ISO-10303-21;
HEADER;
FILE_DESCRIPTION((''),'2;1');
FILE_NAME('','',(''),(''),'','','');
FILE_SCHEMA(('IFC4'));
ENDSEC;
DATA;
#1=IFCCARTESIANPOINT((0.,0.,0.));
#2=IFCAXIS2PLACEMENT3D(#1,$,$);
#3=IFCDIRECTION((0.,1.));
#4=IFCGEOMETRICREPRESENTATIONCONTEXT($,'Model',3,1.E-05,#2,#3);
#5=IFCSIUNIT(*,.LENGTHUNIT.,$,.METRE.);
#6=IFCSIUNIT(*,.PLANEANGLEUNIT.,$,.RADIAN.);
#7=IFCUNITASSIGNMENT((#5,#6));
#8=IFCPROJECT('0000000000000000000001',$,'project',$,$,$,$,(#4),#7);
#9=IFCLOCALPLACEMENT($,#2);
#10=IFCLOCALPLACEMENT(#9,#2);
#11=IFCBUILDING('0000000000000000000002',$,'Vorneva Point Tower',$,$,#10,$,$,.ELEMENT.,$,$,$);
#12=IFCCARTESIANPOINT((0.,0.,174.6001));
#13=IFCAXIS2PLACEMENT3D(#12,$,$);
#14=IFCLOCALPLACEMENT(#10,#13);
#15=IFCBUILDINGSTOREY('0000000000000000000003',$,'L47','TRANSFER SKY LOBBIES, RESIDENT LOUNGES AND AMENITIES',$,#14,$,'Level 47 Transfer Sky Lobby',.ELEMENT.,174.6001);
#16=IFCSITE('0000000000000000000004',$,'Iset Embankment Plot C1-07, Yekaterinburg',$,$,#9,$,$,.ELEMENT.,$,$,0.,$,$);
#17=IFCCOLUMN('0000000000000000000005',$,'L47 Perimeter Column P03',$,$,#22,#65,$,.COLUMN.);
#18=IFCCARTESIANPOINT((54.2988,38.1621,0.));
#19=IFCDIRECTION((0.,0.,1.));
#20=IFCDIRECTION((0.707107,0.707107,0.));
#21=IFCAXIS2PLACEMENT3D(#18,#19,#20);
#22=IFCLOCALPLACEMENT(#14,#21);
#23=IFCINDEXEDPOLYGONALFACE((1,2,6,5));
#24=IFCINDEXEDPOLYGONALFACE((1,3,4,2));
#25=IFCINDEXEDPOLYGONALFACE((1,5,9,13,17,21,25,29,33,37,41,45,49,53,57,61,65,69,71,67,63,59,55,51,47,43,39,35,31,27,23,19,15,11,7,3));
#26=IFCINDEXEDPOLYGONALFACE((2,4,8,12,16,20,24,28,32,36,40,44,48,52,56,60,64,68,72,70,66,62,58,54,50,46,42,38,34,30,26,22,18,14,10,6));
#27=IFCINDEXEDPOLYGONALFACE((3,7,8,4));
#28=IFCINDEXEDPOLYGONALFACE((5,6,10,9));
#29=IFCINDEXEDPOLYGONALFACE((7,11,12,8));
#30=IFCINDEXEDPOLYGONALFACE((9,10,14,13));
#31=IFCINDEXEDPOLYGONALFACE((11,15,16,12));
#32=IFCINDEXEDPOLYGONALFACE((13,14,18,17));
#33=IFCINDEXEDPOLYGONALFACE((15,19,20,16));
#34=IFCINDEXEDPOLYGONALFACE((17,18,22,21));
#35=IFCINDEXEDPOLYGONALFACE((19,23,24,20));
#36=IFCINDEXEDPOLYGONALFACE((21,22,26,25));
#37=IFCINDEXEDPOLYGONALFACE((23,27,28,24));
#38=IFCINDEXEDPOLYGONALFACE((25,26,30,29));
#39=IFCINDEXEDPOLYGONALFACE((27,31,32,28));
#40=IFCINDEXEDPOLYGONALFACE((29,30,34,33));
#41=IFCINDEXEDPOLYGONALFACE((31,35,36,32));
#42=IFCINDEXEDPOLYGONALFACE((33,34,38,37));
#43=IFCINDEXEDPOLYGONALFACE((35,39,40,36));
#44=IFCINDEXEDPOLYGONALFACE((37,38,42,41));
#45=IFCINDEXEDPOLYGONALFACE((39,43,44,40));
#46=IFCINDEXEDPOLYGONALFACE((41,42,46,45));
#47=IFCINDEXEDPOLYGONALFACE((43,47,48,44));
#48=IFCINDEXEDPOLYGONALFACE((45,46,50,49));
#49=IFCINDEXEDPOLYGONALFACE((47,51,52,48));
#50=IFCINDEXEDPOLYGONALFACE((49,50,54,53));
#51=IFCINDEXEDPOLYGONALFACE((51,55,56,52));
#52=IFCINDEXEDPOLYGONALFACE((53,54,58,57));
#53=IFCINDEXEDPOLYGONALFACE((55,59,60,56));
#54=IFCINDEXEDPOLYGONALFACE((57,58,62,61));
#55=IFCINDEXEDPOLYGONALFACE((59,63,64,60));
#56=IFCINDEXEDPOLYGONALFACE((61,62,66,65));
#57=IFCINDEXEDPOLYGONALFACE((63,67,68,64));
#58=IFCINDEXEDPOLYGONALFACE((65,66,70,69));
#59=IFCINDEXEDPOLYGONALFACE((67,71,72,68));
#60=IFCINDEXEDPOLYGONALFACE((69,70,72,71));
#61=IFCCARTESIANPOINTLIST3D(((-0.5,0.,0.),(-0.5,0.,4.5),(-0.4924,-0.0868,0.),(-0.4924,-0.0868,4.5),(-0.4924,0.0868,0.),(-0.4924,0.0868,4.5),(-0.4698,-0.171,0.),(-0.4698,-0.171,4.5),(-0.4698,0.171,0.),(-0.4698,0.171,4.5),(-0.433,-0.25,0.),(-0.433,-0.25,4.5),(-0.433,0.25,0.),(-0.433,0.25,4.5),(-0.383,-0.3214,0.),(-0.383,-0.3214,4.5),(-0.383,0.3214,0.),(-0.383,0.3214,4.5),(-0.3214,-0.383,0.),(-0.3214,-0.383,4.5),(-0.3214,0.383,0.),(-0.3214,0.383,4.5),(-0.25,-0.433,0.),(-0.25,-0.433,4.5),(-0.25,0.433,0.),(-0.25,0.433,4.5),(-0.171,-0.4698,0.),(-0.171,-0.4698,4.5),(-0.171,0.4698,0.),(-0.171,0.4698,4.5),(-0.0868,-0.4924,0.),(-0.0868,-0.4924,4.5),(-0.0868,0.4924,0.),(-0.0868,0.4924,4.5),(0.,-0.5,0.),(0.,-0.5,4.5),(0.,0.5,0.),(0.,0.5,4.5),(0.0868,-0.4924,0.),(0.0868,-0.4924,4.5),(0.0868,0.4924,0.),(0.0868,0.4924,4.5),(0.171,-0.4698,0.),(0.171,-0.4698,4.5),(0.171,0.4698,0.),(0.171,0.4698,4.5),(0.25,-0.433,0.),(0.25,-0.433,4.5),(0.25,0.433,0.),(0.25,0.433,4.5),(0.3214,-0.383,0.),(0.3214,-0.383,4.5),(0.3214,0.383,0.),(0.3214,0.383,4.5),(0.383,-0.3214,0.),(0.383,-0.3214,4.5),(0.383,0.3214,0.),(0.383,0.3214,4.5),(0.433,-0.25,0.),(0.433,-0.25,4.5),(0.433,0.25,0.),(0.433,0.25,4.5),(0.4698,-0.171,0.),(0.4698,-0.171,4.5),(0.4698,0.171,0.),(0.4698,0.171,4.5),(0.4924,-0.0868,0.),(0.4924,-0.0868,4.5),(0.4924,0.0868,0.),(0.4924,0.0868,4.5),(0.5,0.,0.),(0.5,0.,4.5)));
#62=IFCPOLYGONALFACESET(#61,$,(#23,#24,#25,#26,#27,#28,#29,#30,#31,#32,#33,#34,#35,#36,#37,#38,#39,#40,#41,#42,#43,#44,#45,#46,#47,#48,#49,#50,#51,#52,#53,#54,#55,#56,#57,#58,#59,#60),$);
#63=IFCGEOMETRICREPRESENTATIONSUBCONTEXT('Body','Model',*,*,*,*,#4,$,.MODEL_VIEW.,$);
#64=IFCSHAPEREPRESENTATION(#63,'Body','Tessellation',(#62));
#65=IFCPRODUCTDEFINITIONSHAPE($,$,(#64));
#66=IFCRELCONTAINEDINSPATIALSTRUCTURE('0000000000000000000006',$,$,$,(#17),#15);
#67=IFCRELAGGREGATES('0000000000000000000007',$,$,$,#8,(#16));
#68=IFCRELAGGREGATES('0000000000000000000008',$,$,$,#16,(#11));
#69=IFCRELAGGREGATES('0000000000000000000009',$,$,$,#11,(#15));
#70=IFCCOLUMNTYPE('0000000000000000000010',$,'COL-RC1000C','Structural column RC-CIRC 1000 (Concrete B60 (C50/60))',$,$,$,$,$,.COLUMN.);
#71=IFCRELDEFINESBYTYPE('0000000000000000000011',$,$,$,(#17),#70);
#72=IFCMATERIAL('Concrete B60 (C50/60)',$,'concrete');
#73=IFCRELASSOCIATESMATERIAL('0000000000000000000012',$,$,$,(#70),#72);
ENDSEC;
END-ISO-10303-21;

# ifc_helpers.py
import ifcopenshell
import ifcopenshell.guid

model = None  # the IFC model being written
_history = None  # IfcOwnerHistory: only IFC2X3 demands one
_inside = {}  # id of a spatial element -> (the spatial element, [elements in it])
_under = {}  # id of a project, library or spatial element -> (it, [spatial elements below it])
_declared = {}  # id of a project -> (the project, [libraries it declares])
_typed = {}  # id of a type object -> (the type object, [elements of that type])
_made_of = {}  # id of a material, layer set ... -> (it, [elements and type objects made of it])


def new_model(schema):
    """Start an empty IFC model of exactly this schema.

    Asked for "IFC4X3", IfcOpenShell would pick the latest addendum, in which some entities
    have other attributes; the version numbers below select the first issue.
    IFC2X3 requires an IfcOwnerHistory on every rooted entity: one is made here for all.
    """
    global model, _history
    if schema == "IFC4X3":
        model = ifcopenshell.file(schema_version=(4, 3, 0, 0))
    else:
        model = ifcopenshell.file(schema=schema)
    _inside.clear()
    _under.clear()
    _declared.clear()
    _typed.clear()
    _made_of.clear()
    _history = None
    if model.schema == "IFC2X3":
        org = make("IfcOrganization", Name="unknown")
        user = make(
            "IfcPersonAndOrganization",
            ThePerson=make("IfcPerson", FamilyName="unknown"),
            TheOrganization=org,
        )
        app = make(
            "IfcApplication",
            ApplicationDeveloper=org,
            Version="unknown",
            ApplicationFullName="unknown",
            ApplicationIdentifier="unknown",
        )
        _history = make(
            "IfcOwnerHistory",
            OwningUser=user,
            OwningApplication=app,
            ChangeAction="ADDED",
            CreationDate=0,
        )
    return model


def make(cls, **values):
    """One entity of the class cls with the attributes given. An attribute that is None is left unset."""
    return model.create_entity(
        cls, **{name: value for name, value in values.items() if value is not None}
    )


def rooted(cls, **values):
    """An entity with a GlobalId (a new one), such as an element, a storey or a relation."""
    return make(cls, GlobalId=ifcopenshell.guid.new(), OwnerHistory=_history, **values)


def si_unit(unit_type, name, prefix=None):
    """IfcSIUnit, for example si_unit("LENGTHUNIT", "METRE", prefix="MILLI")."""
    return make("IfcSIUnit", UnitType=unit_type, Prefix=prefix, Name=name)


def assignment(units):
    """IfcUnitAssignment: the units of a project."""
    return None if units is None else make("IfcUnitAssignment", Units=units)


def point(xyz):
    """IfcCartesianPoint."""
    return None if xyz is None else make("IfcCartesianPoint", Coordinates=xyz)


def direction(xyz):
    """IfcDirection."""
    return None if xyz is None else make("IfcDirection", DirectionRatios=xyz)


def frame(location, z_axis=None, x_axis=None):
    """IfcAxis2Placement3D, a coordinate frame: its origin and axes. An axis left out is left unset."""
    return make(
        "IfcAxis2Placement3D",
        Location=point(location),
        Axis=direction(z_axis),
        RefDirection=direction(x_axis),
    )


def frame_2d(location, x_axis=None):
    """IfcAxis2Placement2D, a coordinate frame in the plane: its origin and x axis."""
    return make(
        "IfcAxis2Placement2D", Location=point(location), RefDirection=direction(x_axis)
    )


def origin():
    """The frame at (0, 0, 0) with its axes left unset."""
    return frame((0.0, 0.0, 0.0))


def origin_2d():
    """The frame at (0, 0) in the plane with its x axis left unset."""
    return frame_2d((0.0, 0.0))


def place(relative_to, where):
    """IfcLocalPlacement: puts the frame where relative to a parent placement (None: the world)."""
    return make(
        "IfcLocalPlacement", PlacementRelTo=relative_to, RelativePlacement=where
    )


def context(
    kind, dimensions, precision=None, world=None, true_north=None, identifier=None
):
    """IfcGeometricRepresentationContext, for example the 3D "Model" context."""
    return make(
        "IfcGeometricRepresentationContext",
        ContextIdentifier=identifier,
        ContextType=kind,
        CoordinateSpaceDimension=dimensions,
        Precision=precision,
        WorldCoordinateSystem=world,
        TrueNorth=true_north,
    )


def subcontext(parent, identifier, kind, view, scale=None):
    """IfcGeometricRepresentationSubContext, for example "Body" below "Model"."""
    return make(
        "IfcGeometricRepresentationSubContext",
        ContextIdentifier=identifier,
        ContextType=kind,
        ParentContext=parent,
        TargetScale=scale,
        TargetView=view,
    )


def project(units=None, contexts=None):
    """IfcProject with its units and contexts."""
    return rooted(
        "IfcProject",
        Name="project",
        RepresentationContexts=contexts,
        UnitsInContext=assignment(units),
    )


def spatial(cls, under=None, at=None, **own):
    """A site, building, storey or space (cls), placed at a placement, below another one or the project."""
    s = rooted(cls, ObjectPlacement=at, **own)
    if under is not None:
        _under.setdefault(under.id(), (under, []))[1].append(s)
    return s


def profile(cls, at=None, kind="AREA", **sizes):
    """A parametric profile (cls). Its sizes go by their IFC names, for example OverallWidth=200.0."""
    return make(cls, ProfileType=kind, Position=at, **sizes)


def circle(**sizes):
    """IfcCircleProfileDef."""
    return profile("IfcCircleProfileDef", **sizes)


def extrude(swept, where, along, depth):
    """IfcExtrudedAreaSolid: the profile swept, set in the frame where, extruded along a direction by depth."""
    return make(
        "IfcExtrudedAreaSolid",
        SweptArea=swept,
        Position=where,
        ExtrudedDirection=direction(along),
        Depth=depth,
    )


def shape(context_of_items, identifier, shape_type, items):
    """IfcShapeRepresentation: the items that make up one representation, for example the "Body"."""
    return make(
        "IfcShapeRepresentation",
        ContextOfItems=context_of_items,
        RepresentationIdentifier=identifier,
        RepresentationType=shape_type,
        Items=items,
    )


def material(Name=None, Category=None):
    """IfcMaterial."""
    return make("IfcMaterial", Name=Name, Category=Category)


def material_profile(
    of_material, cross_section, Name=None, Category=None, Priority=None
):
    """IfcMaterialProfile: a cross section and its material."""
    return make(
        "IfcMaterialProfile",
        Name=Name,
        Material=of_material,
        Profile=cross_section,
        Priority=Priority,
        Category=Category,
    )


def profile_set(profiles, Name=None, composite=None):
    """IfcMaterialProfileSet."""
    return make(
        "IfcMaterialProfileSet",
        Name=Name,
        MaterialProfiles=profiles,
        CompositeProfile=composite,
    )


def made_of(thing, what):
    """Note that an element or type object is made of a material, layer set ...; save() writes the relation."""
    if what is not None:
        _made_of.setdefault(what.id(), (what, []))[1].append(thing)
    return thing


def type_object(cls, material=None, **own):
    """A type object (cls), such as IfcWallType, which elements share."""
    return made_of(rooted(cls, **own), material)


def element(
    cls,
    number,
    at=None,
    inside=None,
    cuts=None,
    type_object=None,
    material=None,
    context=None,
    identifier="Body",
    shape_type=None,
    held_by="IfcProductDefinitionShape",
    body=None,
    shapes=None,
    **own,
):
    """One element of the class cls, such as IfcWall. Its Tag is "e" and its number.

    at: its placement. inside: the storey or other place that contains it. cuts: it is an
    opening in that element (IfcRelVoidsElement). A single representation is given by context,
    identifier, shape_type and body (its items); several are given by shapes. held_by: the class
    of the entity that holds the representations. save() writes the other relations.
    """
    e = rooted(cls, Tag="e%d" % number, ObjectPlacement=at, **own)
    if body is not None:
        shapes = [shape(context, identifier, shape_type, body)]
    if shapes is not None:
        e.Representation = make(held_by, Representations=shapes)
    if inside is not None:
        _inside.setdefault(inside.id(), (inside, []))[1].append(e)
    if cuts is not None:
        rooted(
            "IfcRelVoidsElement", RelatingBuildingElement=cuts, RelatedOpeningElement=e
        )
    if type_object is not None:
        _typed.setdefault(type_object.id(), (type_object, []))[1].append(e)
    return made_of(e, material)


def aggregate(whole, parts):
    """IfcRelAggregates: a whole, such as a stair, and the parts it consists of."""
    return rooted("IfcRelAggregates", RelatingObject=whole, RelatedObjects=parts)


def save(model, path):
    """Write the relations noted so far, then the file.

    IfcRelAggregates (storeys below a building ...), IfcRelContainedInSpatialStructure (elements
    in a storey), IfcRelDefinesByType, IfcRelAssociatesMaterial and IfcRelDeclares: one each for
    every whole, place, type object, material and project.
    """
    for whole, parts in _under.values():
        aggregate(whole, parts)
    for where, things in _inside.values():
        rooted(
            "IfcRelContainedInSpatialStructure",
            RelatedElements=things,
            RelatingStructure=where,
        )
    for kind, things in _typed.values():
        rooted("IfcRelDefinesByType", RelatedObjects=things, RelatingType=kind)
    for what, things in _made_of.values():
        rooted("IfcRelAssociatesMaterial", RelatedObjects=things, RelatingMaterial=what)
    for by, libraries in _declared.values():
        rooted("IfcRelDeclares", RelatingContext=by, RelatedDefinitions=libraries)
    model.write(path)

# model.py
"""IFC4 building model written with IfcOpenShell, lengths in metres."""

from ifc_helpers import new_model, si_unit, direction, frame, origin, origin_2d, place, context, subcontext, project, spatial, circle, extrude, material, material_profile, profile_set, type_object, element, save


model = new_model("IFC4")

# Units and contexts
model_context = context("Model", 3, precision=1e-05, world=origin(), true_north=direction((0.0, 1.0)))
body_context = subcontext(model_context, "Body", "Model", "MODEL_VIEW")
ifc_project = project(units=[si_unit("LENGTHUNIT", "METRE"), si_unit("PLANEANGLEUNIT", "RADIAN")], contexts=[model_context])

# Site, building, storey
site_placement = place(None, origin())
site = spatial("IfcSite", under=ifc_project, at=site_placement, Name="Iset Embankment Plot C1-07, Yekaterinburg", CompositionType="ELEMENT", RefElevation=0.0)
building_placement = place(site_placement, origin())
building = spatial("IfcBuilding", under=site, at=building_placement, Name="Vorneva Point Tower", CompositionType="ELEMENT")
storey_placement = place(building_placement, frame((0.0, 0.0, 174.6001)))
storey = spatial("IfcBuildingStorey", under=building, at=storey_placement, Name="L47", Description="TRANSFER SKY LOBBIES, RESIDENT LOUNGES AND AMENITIES", LongName="Level 47 Transfer Sky Lobby", CompositionType="ELEMENT", Elevation=174.6001)

# Column
ifc_material_1 = material(Name="Concrete B60 (C50/60)", Category="concrete")
ifc_material_profile_1 = material_profile(ifc_material_1, circle(Radius=0.5, at=origin_2d()), Name="RC-CIRC 1000")
ifc_profile_set_1 = profile_set([ifc_material_profile_1], Name="Concrete B60 (C50/60)")
column_type_1 = type_object("IfcColumnType", Name="COL-RC1000C", Description="Structural column RC-CIRC 1000 (Concrete B60 (C50/60))", PredefinedType="COLUMN", material=ifc_profile_set_1)
column_1_placement = place(storey_placement, frame((54.2988, 38.1621, 0.0), z_axis=(0.0, 0.0, 1.0), x_axis=(0.707107, 0.707107, 0.0)))
element("IfcColumn", 1, at=column_1_placement, inside=storey, type_object=column_type_1, Name="L47 Perimeter Column P03", PredefinedType="COLUMN", context=body_context, shape_type="SweptSolid", body=[
    extrude(circle(Radius=0.5, at=origin_2d()), origin(), (0.0, 0.0, 1.0), 4.5),
])

save(model, "model.ifc")
